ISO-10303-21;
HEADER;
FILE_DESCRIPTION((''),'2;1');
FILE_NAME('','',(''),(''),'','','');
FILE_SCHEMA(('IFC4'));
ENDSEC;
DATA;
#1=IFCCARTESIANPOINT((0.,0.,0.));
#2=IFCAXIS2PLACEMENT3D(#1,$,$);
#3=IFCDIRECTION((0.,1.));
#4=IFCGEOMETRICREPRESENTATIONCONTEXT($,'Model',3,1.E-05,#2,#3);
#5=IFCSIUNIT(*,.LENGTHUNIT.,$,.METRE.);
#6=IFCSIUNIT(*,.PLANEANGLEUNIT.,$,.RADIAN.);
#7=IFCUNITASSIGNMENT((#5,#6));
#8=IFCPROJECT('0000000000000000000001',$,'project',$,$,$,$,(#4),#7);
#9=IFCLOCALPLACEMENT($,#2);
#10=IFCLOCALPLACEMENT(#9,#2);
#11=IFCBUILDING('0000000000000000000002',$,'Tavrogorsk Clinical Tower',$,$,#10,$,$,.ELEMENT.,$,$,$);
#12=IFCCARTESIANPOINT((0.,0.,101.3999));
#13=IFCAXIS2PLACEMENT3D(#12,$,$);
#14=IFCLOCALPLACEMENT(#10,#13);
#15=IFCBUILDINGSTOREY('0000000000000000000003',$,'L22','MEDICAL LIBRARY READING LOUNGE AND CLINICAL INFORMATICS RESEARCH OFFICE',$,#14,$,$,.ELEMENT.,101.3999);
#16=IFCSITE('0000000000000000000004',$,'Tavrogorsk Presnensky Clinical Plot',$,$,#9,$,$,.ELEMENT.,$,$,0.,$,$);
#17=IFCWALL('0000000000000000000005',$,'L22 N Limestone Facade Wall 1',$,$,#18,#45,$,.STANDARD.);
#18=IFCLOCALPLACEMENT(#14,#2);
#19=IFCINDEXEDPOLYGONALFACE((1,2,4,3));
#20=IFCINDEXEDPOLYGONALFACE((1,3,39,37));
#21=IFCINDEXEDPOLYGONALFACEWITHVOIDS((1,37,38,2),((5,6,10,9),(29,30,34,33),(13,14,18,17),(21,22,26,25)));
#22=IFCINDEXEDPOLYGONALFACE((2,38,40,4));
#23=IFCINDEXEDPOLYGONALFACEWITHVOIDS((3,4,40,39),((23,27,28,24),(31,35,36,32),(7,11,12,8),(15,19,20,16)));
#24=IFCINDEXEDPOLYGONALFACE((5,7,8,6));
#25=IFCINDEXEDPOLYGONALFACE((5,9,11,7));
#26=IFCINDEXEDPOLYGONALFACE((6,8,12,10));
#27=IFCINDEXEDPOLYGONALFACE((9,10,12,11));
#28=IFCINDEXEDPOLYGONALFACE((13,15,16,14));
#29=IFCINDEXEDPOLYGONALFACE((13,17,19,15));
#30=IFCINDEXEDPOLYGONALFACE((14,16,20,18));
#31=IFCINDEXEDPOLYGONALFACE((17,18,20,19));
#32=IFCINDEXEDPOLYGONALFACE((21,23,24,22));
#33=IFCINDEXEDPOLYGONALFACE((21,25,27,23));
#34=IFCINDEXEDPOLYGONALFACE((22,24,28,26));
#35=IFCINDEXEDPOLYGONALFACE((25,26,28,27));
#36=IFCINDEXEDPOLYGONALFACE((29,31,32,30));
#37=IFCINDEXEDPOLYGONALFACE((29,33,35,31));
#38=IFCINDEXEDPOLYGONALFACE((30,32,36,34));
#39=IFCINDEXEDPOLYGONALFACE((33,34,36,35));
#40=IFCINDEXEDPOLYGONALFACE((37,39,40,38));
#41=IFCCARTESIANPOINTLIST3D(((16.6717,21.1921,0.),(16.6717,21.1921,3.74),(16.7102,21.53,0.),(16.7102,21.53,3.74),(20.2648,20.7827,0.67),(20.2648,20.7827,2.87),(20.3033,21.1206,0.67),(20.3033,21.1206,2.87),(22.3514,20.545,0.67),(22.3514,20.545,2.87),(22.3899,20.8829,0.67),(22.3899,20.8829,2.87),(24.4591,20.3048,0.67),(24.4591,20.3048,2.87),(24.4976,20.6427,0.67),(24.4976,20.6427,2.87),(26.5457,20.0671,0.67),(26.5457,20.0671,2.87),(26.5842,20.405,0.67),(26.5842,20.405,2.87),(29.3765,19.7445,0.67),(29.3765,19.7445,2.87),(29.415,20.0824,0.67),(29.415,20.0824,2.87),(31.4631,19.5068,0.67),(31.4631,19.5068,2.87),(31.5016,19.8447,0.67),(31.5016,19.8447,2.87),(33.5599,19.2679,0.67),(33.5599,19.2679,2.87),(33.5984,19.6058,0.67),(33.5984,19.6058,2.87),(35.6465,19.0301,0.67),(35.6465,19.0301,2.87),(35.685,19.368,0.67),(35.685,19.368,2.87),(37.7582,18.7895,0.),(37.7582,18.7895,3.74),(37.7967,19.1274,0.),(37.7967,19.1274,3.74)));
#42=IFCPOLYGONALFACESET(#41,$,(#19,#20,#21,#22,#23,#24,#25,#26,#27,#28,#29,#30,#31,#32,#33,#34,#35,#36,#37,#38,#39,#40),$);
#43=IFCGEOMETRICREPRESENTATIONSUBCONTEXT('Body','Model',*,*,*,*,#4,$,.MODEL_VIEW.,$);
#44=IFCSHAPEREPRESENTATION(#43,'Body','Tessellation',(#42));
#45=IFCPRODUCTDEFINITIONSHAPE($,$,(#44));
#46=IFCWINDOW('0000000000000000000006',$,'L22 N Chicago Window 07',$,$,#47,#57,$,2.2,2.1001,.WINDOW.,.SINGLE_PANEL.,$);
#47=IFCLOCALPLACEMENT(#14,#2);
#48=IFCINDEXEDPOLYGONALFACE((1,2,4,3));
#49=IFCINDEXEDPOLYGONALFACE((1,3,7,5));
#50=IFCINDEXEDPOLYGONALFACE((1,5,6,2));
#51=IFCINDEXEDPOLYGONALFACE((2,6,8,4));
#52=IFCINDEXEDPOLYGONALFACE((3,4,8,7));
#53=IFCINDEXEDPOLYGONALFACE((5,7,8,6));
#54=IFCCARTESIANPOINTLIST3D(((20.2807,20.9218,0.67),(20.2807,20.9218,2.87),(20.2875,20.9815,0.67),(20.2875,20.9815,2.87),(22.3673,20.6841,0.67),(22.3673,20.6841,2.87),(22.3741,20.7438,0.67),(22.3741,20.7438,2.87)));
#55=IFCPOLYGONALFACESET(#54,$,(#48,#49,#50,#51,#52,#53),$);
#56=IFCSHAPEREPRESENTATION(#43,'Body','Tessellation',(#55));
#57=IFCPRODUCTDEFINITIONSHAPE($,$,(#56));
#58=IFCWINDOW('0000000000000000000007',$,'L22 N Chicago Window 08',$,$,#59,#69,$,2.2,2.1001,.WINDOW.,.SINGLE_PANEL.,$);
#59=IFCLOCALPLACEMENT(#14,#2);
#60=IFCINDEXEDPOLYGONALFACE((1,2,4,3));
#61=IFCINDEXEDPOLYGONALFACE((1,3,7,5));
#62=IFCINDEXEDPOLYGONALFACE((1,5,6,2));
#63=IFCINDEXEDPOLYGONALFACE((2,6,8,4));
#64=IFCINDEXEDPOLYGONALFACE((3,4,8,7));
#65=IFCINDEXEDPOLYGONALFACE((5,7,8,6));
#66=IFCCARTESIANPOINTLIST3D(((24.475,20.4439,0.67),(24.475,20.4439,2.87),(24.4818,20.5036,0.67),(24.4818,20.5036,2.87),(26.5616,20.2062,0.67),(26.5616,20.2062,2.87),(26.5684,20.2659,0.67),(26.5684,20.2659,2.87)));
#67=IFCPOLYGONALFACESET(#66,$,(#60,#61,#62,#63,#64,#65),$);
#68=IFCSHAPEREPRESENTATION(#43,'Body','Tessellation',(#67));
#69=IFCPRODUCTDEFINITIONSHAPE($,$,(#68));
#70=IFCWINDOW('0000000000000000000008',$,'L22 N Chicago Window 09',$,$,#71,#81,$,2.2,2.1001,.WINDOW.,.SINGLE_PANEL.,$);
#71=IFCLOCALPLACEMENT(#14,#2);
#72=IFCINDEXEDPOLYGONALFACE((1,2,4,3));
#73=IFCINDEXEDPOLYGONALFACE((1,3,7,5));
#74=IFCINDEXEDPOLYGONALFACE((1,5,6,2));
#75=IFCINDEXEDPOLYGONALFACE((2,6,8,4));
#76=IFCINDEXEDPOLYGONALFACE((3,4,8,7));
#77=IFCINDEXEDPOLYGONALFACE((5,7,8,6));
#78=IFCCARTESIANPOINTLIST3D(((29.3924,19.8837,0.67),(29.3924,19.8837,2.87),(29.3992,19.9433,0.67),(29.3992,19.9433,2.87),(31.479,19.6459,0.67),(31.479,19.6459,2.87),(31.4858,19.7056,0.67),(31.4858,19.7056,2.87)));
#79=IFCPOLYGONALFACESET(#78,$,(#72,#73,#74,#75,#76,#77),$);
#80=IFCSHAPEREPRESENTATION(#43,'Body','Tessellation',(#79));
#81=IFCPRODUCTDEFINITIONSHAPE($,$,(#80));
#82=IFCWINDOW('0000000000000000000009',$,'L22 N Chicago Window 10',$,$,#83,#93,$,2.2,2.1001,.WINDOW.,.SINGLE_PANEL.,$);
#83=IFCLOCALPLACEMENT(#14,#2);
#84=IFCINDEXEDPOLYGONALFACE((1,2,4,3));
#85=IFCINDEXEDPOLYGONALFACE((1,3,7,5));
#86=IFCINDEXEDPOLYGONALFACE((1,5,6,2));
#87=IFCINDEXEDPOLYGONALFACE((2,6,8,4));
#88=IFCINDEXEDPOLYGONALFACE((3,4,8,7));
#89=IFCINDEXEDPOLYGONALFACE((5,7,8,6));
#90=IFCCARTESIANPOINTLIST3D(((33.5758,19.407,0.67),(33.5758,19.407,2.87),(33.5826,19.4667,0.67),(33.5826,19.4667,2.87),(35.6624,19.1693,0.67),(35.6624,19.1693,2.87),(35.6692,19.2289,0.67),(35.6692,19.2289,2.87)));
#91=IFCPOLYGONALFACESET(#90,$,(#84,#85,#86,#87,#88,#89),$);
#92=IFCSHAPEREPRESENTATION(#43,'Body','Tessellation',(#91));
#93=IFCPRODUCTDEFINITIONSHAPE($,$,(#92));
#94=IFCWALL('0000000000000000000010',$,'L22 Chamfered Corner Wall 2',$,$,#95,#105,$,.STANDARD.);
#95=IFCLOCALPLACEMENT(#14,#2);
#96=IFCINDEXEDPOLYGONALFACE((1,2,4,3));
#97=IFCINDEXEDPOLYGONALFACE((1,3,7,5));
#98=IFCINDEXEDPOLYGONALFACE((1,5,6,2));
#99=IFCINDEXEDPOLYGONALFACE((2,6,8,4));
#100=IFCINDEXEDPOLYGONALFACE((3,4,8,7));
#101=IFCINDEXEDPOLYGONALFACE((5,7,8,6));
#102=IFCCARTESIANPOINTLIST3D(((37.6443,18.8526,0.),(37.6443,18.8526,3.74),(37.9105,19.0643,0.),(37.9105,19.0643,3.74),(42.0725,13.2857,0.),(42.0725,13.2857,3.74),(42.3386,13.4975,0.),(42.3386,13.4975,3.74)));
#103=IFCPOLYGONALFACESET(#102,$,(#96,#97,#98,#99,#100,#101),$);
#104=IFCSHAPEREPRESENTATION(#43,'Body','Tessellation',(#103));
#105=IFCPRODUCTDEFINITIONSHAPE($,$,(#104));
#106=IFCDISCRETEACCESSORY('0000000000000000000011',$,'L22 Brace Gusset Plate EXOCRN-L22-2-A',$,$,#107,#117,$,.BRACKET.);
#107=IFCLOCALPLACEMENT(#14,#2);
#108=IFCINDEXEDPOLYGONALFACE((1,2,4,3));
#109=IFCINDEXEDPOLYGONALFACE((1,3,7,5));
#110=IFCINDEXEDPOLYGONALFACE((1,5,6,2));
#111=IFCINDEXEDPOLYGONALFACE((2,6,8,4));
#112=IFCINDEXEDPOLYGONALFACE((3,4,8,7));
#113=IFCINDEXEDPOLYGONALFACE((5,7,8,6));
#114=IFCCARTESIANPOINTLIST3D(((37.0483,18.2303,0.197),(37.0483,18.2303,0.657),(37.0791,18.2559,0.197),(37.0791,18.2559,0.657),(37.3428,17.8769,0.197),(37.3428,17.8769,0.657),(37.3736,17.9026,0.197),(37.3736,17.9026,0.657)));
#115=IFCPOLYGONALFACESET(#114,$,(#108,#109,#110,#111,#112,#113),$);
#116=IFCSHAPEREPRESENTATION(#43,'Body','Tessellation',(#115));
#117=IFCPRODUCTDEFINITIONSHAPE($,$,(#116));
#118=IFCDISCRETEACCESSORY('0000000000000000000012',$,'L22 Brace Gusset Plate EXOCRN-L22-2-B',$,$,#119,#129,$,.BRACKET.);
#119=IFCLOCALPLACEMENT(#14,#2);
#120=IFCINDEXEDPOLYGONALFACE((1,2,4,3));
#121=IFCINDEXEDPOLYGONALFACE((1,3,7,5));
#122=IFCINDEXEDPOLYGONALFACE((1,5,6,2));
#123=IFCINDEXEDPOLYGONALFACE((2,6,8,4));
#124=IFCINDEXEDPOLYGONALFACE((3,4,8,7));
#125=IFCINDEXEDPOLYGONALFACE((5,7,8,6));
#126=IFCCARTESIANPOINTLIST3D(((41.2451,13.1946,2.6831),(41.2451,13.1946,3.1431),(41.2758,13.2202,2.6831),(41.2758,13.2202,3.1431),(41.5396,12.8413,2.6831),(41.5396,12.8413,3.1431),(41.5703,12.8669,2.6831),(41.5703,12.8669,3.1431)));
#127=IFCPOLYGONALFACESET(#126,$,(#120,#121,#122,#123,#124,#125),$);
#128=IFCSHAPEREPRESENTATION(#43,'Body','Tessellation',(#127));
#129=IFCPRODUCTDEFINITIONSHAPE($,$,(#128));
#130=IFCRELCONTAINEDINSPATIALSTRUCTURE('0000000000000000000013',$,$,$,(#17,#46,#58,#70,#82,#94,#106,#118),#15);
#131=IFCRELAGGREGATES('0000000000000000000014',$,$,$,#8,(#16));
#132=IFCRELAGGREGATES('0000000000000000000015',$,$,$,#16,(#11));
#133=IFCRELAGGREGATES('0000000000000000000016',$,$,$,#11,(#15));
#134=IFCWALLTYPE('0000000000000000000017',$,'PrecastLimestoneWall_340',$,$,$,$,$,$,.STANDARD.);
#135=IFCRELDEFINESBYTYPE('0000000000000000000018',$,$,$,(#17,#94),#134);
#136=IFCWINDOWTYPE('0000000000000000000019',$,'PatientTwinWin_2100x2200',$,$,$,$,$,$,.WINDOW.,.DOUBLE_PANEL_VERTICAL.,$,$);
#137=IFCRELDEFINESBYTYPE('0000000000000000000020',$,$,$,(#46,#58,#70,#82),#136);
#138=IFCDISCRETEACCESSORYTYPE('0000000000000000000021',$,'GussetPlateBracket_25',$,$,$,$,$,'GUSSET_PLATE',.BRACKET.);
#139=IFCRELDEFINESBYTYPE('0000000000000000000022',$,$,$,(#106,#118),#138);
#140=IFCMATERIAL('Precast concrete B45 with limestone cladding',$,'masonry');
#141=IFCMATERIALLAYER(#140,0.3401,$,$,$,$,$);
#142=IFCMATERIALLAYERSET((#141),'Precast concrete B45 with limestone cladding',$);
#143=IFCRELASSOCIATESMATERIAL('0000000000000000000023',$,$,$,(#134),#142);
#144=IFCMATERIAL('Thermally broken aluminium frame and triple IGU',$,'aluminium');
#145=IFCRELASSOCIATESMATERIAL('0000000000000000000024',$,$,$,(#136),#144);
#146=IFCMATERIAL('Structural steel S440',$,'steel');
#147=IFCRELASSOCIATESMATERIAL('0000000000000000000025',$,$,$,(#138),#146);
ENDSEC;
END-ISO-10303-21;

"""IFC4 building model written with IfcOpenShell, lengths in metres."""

from ifc_helpers import new_model, si_unit, direction, frame, frame_2d, origin, origin_2d, place, context, subcontext, project, spatial, rectangle, extrude, material, layer, layer_set, type_object, element, fill, save


model = new_model("IFC4")

# Units and contexts
model_context = context("Model", 3, precision=1e-05, world=origin(), true_north=direction((0.0, 1.0)))
body_context = subcontext(model_context, "Body", "Model", "MODEL_VIEW")
ifc_project = project(units=[si_unit("LENGTHUNIT", "METRE"), si_unit("PLANEANGLEUNIT", "RADIAN")], contexts=[model_context])

# Site, building, storey
site_placement = place(None, origin())
site = spatial("IfcSite", under=ifc_project, at=site_placement, Name="Tavrogorsk Presnensky Clinical Plot", CompositionType="ELEMENT", RefElevation=0.0)
building_placement = place(site_placement, origin())
building = spatial("IfcBuilding", under=site, at=building_placement, Name="Tavrogorsk Clinical Tower", CompositionType="ELEMENT")
storey_placement = place(building_placement, frame((0.0, 0.0, 101.3999)))
storey = spatial("IfcBuildingStorey", under=building, at=storey_placement, Name="L22", Description="MEDICAL LIBRARY READING LOUNGE AND CLINICAL INFORMATICS RESEARCH OFFICE", CompositionType="ELEMENT", Elevation=101.3999)

# Wall, openings, windows
ifc_material_1 = material(Name="Precast concrete B45 with limestone cladding", Category="masonry")
ifc_layer_1 = layer(ifc_material_1, 0.3401)
ifc_layer_set_1 = layer_set([ifc_layer_1], Name="Precast concrete B45 with limestone cladding")
wall_type_1 = type_object("IfcWallType", Name="PrecastLimestoneWall_340", PredefinedType="STANDARD", material=ifc_layer_set_1)
wall_1_placement = place(storey_placement, frame((37.7773, 18.9585, 0.0), z_axis=(0.0, 0.0, 1.0), x_axis=(-0.993571, 0.113208, 0.0)))
wall_1 = element("IfcWall", 1, at=wall_1_placement, inside=storey, type_object=wall_type_1, Name="L22 N Limestone Facade Wall 1", PredefinedType="STANDARD", context=body_context, shape_type="SweptSolid", body=[
    extrude(rectangle(XDim=21.2229, YDim=0.3401, at=frame_2d((10.6113, 0.0))), origin(), (0.0, 0.0, 1.0), 3.74),
])
opening_1_placement = place(wall_1_placement, frame((15.5063, 0.0, 0.6699)))
opening_1 = element("IfcOpeningElement", 2, at=opening_1_placement, cuts=wall_1, PredefinedType="OPENING", context=body_context, shape_type="SweptSolid", body=[
    extrude(rectangle(XDim=2.1001, YDim=2.2, at=frame_2d((1.05, 1.1001))), frame((0.0, 0.1799, 0.0), z_axis=(0.0, -1.0, 0.0), x_axis=(1.0, 0.0, 0.0)), (0.0, 0.0, 1.0), 0.3601),
])
opening_2_placement = place(wall_1_placement, frame((11.2849, 0.0, 0.6699)))
opening_2 = element("IfcOpeningElement", 3, at=opening_2_placement, cuts=wall_1, PredefinedType="OPENING", context=body_context, shape_type="SweptSolid", body=[
    extrude(rectangle(XDim=2.1001, YDim=2.2, at=frame_2d((1.05, 1.1001))), frame((0.0, 0.1799, 0.0), z_axis=(0.0, -1.0, 0.0), x_axis=(1.0, 0.0, 0.0)), (0.0, 0.0, 1.0), 0.3601),
])
opening_3_placement = place(wall_1_placement, frame((6.3357, 0.0, 0.6699)))
opening_3 = element("IfcOpeningElement", 4, at=opening_3_placement, cuts=wall_1, PredefinedType="OPENING", context=body_context, shape_type="SweptSolid", body=[
    extrude(rectangle(XDim=2.1001, YDim=2.2, at=frame_2d((1.05, 1.1001))), frame((0.0, 0.1799, 0.0), z_axis=(0.0, -1.0, 0.0), x_axis=(1.0, 0.0, 0.0)), (0.0, 0.0, 1.0), 0.3601),
])
opening_4_placement = place(wall_1_placement, frame((2.1252, 0.0, 0.6699)))
opening_4 = element("IfcOpeningElement", 5, at=opening_4_placement, cuts=wall_1, PredefinedType="OPENING", context=body_context, shape_type="SweptSolid", body=[
    extrude(rectangle(XDim=2.1001, YDim=2.2, at=frame_2d((1.05, 1.1001))), frame((0.0, 0.1799, 0.0), z_axis=(0.0, -1.0, 0.0), x_axis=(1.0, 0.0, 0.0)), (0.0, 0.0, 1.0), 0.3601),
])
ifc_material_2 = material(Name="Thermally broken aluminium frame and triple IGU", Category="aluminium")
window_type = type_object("IfcWindowType", Name="PatientTwinWin_2100x2200", PartitioningType="DOUBLE_PANEL_VERTICAL", PredefinedType="WINDOW", material=ifc_material_2)
window_1_placement = place(opening_1_placement, origin())
window_1 = element("IfcWindow", 6, at=window_1_placement, inside=storey, type_object=window_type, Name="L22 N Chicago Window 07", OverallHeight=2.2, OverallWidth=2.1001, PartitioningType="SINGLE_PANEL", PredefinedType="WINDOW", context=body_context, shape_type="SweptSolid", body=[
    extrude(rectangle(XDim=2.1001, YDim=2.2, at=frame_2d((1.05, 1.1001))), frame((0.0, 0.03, 0.0), z_axis=(0.0, -1.0, 0.0), x_axis=(1.0, 0.0, 0.0)), (0.0, 0.0, 1.0), 0.0601),
])
fill(opening_1, window_1)
window_2_placement = place(opening_2_placement, origin())
window_2 = element("IfcWindow", 7, at=window_2_placement, inside=storey, type_object=window_type, Name="L22 N Chicago Window 08", OverallHeight=2.2, OverallWidth=2.1001, PartitioningType="SINGLE_PANEL", PredefinedType="WINDOW", context=body_context, shape_type="SweptSolid", body=[
    extrude(rectangle(XDim=2.1001, YDim=2.2, at=frame_2d((1.05, 1.1001))), frame((0.0, 0.03, 0.0), z_axis=(0.0, -1.0, 0.0), x_axis=(1.0, 0.0, 0.0)), (0.0, 0.0, 1.0), 0.0601),
])
fill(opening_2, window_2)
window_3_placement = place(opening_3_placement, origin())
window_3 = element("IfcWindow", 8, at=window_3_placement, inside=storey, type_object=window_type, Name="L22 N Chicago Window 09", OverallHeight=2.2, OverallWidth=2.1001, PartitioningType="SINGLE_PANEL", PredefinedType="WINDOW", context=body_context, shape_type="SweptSolid", body=[
    extrude(rectangle(XDim=2.1001, YDim=2.2, at=frame_2d((1.05, 1.1001))), frame((0.0, 0.03, 0.0), z_axis=(0.0, -1.0, 0.0), x_axis=(1.0, 0.0, 0.0)), (0.0, 0.0, 1.0), 0.0601),
])
fill(opening_3, window_3)
window_4_placement = place(opening_4_placement, origin())
window_4 = element("IfcWindow", 9, at=window_4_placement, inside=storey, type_object=window_type, Name="L22 N Chicago Window 10", OverallHeight=2.2, OverallWidth=2.1001, PartitioningType="SINGLE_PANEL", PredefinedType="WINDOW", context=body_context, shape_type="SweptSolid", body=[
    extrude(rectangle(XDim=2.1001, YDim=2.2, at=frame_2d((1.05, 1.1001))), frame((0.0, 0.03, 0.0), z_axis=(0.0, -1.0, 0.0), x_axis=(1.0, 0.0, 0.0)), (0.0, 0.0, 1.0), 0.0601),
])
fill(opening_4, window_4)

# Wall
wall_2_placement = place(storey_placement, frame((42.2056, 13.3916, 0.0), z_axis=(0.0, 0.0, 1.0), x_axis=(-0.622525, 0.7826, 0.0)))
element("IfcWall", 10, at=wall_2_placement, inside=storey, type_object=wall_type_1, Name="L22 Chamfered Corner Wall 2", PredefinedType="STANDARD", context=body_context, shape_type="SweptSolid", body=[
    extrude(rectangle(XDim=7.1133, YDim=0.3401, at=frame_2d((3.5566, 0.0))), origin(), (0.0, 0.0, 1.0), 3.74),
])

# Discrete accessories
ifc_material_3 = material(Name="Structural steel S440", Category="steel")
discrete_accessory_type = type_object("IfcDiscreteAccessoryType", Name="GussetPlateBracket_25", ElementType="GUSSET_PLATE", PredefinedType="BRACKET", material=ifc_material_3)
for number, where, z_axis, x_axis, name in (
    (11, (37.2109, 18.0664, 0.197), (0.0, 0.0, 1.0), (0.640244, -0.768172, 0.0), "L22 Brace Gusset Plate EXOCRN-L22-2-A"),
    (12, (41.4077, 13.0308, 2.6831), (0.0, 0.0, 1.0), (0.640244, -0.768172, 0.0), "L22 Brace Gusset Plate EXOCRN-L22-2-B"),
):
    element("IfcDiscreteAccessory", number, at=place(storey_placement, frame(where, z_axis=z_axis, x_axis=x_axis)), inside=storey, type_object=discrete_accessory_type, Name=name, PredefinedType="BRACKET", context=body_context, shape_type="SweptSolid", body=[
        extrude(rectangle(XDim=0.46, YDim=0.04, at=origin_2d()), origin(), (0.0, 0.0, 1.0), 0.46),
    ])

save(model, "model.ifc")
